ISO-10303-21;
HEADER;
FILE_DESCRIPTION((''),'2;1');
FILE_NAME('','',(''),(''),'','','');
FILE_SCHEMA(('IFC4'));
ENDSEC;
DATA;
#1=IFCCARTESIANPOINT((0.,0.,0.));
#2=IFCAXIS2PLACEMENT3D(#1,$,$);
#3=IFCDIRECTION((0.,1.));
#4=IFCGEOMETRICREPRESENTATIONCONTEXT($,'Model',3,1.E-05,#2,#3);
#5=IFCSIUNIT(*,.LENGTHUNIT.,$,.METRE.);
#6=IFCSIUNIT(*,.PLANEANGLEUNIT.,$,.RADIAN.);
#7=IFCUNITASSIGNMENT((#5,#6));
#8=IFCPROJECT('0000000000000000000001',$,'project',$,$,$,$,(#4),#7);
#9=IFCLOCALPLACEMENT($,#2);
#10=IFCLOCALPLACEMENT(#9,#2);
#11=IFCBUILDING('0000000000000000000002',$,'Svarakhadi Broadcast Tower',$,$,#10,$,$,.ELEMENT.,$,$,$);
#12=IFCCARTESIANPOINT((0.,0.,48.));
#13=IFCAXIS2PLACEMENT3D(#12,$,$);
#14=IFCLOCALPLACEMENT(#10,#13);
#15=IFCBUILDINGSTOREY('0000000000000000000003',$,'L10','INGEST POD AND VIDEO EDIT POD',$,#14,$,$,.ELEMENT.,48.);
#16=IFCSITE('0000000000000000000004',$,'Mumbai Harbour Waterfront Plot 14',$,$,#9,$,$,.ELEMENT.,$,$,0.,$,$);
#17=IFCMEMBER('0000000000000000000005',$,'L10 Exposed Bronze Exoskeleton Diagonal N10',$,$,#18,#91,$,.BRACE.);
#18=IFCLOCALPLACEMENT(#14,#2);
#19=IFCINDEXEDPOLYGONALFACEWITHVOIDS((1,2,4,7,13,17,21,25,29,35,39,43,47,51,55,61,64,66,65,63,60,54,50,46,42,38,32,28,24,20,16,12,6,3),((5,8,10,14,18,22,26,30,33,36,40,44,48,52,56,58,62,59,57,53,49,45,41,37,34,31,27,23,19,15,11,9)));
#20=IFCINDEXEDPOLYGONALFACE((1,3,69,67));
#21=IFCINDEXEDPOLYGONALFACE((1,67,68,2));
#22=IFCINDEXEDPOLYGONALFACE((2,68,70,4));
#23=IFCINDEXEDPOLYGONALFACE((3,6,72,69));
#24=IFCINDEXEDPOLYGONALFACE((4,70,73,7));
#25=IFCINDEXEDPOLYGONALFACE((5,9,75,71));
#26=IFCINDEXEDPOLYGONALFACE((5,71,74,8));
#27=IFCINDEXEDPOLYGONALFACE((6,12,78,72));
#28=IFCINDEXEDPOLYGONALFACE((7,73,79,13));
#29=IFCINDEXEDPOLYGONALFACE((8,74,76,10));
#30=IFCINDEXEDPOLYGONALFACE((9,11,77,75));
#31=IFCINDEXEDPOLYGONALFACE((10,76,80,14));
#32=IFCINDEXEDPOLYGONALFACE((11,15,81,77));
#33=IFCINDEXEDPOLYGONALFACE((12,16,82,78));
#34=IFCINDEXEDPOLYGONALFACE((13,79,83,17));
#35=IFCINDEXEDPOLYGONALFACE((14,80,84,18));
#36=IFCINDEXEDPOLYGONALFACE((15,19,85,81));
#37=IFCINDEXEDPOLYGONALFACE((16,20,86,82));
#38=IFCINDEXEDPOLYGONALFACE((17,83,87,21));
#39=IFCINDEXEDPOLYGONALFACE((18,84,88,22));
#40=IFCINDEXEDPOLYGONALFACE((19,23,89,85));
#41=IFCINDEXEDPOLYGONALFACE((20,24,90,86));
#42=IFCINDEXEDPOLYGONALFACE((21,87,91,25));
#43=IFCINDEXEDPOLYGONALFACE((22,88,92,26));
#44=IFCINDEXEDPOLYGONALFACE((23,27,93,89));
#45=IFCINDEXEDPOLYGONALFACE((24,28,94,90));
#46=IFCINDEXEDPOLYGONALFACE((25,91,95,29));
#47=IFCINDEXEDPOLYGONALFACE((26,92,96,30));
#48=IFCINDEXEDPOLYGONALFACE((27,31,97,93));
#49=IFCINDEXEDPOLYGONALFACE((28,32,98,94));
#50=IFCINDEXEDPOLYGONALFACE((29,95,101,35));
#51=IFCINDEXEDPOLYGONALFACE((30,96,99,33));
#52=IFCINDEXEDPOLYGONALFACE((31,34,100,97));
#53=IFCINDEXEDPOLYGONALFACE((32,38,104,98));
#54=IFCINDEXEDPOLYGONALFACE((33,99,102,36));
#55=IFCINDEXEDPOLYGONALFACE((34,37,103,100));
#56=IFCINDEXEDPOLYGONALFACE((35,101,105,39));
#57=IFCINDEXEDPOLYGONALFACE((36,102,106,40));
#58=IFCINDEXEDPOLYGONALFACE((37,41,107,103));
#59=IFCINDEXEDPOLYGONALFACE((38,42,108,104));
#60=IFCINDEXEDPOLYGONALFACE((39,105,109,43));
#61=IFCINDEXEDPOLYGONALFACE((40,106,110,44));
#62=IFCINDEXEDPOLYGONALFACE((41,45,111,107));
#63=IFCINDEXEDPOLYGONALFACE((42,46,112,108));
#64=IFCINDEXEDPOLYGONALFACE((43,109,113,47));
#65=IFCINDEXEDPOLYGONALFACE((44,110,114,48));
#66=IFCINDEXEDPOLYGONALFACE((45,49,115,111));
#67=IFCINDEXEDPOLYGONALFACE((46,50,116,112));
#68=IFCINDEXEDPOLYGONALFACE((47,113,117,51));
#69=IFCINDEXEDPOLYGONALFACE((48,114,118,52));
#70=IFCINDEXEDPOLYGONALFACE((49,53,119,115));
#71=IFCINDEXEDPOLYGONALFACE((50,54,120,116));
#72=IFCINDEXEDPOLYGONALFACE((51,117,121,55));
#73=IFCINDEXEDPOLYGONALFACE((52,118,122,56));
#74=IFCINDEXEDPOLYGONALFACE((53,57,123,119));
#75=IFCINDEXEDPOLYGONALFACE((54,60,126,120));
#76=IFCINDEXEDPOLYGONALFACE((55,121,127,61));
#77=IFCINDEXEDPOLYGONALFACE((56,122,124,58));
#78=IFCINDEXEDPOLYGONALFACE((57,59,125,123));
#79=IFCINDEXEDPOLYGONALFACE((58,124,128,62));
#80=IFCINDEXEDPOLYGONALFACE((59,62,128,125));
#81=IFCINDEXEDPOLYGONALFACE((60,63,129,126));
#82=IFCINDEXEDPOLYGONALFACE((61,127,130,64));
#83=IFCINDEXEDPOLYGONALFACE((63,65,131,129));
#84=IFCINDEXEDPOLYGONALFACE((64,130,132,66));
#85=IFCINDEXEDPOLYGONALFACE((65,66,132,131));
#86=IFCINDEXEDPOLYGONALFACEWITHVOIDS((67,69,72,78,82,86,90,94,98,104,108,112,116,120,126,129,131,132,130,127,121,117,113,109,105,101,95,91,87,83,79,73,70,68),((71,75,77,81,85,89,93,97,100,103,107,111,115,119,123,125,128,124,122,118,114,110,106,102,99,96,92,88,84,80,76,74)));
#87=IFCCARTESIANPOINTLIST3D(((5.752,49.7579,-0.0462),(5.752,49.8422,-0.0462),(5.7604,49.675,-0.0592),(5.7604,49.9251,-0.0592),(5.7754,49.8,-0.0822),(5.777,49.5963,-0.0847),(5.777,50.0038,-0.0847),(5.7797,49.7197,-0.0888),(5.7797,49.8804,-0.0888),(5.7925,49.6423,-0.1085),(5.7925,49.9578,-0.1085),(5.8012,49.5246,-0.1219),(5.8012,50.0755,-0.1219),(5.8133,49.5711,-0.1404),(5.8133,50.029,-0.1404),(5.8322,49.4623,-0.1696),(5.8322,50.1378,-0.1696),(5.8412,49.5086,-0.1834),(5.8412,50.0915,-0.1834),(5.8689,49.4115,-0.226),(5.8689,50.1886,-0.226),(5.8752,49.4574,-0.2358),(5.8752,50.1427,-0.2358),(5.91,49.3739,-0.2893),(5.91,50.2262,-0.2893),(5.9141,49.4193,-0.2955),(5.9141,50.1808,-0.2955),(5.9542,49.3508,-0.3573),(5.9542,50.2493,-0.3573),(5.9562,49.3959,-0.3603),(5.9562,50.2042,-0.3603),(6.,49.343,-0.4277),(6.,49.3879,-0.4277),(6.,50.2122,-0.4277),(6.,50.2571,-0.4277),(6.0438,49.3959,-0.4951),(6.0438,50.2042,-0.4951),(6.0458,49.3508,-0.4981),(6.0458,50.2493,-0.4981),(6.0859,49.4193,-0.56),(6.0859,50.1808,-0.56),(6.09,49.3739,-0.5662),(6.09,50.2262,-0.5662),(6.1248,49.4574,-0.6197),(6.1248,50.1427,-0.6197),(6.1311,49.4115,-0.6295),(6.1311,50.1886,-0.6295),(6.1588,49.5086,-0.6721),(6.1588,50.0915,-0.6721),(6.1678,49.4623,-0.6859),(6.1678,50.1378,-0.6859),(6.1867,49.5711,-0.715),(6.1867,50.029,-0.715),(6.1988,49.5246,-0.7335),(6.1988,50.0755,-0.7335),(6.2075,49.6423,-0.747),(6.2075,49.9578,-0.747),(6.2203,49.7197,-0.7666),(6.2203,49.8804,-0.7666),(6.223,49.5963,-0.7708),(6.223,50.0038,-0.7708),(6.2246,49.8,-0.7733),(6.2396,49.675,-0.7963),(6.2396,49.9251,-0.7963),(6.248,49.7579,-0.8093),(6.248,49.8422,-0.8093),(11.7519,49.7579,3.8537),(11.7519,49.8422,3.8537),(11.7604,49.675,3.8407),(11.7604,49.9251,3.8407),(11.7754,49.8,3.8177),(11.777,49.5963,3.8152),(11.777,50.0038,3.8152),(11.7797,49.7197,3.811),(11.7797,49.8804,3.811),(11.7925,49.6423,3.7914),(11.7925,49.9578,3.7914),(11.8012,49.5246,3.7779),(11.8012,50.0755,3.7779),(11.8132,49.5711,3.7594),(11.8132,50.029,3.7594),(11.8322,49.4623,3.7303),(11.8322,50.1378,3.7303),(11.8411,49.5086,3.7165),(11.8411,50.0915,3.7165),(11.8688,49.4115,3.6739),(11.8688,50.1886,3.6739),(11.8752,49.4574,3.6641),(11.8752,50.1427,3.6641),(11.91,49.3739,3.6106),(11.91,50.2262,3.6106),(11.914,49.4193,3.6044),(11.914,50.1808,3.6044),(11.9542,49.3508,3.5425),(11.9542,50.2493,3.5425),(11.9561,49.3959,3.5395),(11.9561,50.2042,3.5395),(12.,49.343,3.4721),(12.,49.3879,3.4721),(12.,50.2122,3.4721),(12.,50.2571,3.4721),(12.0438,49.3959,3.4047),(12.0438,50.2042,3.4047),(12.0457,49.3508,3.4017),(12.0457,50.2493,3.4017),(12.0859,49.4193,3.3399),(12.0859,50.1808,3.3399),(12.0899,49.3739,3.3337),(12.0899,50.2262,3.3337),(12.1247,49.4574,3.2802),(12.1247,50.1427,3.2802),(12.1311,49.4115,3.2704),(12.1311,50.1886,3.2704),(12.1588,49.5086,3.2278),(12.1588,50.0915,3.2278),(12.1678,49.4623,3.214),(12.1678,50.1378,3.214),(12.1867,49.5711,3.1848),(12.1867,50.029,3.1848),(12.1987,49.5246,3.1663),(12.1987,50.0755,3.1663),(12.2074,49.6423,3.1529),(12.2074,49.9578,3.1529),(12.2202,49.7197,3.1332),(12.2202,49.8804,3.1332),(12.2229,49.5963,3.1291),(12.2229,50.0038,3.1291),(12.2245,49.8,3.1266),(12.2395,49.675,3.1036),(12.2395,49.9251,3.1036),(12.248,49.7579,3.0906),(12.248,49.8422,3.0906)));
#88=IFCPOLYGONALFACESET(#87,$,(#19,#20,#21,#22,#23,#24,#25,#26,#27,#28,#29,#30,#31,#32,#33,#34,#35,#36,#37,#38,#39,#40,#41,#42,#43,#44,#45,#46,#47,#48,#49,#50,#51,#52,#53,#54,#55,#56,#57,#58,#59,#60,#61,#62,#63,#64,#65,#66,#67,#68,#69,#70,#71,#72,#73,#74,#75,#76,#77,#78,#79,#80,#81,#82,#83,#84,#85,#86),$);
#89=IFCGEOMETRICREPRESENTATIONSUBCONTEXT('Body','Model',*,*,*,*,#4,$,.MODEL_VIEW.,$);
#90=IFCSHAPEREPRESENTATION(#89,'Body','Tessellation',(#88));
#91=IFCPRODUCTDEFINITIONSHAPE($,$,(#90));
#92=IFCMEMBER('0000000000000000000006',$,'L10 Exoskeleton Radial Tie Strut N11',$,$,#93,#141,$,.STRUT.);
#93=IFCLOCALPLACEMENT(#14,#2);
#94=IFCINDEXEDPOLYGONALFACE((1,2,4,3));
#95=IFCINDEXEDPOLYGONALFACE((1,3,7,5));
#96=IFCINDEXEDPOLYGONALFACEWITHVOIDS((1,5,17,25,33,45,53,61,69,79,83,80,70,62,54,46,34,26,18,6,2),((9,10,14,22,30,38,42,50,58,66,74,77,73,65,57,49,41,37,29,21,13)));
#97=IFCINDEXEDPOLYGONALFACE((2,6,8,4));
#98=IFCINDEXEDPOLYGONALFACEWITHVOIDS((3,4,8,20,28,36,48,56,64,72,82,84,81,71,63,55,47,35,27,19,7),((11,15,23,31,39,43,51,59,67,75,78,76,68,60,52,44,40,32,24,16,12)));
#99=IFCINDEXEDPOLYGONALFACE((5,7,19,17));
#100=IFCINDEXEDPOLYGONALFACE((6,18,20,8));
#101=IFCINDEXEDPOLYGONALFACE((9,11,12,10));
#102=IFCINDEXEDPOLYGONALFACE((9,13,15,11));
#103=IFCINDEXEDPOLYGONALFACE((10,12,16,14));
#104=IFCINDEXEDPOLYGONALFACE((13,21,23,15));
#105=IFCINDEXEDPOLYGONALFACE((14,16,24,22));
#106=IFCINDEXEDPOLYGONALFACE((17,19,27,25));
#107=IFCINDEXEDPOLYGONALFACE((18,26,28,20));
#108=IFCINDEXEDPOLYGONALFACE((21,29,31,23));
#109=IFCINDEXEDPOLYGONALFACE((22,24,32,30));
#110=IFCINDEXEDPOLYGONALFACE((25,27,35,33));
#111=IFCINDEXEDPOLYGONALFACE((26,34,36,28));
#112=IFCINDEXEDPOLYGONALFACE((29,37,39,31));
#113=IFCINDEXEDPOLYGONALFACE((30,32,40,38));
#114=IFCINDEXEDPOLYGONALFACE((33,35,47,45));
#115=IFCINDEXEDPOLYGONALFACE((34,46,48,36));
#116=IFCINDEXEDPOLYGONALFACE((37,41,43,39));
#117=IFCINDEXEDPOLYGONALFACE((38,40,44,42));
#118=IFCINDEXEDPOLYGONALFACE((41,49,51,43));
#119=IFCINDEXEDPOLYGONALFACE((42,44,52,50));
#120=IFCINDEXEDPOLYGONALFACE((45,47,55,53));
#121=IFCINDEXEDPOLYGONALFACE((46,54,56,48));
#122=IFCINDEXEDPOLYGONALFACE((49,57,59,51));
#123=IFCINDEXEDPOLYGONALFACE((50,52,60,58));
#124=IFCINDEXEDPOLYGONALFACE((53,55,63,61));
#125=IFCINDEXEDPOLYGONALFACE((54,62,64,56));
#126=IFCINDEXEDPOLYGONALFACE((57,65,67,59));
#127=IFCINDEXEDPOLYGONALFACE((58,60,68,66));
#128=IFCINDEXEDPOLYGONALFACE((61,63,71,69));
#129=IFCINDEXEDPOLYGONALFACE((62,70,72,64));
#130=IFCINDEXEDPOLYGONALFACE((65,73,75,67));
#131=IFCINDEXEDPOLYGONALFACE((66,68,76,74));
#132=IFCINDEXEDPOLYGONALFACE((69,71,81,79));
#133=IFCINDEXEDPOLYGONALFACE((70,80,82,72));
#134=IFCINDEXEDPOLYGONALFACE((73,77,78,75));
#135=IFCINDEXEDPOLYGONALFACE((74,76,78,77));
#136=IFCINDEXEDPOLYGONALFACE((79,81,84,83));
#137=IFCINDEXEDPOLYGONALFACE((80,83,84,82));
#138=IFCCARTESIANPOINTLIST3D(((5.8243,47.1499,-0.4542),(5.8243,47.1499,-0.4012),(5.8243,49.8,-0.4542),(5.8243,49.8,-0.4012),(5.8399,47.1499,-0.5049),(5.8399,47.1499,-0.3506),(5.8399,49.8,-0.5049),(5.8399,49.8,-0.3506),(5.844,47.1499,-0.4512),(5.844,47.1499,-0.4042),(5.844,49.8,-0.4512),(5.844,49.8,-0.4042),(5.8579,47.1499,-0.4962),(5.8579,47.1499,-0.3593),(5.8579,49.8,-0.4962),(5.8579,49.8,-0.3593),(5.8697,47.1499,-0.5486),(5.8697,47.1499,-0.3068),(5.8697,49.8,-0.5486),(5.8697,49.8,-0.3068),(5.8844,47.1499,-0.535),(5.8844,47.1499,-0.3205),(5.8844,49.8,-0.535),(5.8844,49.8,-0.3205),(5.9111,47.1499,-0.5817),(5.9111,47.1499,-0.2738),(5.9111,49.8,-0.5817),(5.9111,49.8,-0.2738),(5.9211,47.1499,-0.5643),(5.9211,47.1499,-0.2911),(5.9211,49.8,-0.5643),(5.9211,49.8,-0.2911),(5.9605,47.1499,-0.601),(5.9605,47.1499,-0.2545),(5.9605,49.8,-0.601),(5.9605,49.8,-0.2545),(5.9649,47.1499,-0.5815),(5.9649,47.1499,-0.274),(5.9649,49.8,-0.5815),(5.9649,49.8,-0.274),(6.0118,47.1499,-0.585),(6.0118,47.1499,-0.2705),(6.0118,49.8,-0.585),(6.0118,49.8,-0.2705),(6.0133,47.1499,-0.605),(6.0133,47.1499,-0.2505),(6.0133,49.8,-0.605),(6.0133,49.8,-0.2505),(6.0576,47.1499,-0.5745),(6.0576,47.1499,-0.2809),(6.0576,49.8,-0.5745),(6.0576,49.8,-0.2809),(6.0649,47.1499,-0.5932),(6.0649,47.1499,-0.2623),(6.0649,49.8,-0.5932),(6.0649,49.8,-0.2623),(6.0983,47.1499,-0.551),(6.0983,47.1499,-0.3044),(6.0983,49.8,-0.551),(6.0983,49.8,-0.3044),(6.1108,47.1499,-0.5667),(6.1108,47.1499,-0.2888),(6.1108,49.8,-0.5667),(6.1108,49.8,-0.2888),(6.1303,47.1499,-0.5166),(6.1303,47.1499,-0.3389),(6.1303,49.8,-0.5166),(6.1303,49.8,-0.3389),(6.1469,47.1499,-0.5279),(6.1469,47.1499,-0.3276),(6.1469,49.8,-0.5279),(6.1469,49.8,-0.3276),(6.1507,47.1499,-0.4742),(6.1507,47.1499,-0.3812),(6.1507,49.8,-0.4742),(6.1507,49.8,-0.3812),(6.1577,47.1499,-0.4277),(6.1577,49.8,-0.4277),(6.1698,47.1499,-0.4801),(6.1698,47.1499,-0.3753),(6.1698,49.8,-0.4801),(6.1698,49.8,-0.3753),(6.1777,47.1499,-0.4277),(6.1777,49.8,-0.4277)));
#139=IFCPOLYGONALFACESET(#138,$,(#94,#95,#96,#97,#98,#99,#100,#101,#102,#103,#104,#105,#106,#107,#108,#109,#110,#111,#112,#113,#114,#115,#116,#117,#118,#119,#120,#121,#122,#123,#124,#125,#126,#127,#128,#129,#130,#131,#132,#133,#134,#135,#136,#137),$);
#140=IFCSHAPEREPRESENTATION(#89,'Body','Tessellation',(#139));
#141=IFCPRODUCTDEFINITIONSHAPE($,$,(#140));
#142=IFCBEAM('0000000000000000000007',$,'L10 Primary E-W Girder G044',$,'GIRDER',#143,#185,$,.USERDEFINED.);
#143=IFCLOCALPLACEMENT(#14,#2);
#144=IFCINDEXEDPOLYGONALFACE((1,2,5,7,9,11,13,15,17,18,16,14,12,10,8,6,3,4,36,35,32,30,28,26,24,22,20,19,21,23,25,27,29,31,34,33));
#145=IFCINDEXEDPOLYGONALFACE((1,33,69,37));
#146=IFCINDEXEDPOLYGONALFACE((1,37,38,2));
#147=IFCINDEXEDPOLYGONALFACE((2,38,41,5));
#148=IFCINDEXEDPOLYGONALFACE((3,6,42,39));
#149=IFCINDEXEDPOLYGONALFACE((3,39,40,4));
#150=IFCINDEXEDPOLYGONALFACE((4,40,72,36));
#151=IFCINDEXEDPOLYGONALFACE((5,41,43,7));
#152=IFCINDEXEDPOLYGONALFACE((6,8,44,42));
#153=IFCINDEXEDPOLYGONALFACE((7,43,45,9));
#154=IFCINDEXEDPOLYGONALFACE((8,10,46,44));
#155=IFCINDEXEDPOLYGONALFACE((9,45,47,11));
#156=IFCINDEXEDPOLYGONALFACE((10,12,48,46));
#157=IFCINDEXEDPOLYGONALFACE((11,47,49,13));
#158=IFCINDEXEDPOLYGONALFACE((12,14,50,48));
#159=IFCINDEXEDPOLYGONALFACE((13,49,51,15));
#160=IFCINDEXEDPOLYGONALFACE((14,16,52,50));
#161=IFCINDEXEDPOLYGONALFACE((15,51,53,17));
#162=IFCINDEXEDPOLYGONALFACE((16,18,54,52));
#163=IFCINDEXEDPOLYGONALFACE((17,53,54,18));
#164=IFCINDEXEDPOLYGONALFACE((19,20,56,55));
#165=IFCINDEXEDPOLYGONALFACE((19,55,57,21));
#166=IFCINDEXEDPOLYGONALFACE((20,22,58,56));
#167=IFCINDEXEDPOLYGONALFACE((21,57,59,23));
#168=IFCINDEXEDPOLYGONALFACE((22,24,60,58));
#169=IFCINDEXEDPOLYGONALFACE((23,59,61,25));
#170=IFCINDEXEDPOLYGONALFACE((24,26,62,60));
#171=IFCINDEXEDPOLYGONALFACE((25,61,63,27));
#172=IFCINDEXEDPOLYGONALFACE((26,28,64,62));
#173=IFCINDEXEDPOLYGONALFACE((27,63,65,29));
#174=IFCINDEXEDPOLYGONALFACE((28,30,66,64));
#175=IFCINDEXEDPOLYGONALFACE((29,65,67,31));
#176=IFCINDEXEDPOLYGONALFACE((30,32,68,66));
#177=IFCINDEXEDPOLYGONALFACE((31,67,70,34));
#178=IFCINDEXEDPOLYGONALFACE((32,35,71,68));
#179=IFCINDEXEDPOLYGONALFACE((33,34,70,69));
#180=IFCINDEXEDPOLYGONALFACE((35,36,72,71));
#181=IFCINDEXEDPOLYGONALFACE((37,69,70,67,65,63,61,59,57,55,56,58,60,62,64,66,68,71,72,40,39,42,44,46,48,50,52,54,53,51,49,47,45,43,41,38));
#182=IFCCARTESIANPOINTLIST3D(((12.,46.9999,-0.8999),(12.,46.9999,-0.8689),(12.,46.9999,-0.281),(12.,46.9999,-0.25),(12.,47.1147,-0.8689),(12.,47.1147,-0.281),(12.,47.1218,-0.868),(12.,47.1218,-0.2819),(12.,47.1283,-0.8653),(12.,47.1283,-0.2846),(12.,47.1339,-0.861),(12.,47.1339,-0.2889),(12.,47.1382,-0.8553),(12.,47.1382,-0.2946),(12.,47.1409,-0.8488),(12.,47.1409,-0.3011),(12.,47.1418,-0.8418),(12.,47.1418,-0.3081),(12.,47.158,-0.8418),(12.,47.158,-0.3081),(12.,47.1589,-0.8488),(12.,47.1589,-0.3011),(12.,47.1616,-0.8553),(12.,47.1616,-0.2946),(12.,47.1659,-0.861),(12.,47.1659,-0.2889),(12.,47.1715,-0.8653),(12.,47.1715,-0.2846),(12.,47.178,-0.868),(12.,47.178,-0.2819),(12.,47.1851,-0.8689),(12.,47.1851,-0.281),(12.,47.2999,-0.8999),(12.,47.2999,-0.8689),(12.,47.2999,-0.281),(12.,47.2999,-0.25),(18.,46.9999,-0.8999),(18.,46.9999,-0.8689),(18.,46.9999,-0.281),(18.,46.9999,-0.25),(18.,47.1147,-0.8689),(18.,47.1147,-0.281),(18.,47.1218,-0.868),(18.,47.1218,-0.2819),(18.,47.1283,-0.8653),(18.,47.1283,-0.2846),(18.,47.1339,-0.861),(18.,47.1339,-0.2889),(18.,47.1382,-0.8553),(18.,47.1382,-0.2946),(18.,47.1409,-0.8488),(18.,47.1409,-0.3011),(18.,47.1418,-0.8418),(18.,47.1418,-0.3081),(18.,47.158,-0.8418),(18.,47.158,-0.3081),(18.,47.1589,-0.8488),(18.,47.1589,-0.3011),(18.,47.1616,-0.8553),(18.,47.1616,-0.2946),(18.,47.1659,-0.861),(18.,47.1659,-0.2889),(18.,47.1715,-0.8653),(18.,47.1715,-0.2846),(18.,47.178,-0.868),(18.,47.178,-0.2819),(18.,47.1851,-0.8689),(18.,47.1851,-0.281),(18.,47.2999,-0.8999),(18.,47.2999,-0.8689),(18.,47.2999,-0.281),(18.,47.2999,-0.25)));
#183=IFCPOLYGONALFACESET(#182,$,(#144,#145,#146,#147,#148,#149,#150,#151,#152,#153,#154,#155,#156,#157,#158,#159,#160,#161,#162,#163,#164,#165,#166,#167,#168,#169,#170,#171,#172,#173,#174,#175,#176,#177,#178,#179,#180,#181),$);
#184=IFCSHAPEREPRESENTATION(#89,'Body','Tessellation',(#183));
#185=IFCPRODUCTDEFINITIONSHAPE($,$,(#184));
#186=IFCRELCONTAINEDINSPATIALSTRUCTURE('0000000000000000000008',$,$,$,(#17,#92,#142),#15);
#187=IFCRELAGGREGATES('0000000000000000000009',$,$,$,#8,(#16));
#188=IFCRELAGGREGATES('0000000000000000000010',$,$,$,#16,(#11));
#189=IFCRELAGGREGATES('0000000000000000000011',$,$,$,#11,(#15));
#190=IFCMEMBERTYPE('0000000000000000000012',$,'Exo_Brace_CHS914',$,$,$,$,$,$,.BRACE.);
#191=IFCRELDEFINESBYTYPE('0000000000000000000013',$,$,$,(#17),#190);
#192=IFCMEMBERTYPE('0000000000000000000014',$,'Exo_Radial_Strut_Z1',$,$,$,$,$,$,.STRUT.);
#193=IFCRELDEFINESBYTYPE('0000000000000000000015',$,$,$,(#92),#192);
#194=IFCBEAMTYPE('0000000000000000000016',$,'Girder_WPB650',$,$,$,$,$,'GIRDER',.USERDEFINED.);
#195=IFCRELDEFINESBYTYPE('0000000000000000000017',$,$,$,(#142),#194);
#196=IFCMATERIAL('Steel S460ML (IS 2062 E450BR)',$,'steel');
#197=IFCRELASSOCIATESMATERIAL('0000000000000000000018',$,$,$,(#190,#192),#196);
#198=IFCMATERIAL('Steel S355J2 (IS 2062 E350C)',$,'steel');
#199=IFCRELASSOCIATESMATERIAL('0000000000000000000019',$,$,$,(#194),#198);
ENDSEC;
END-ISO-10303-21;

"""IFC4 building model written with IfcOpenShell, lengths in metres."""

from ifc_helpers import new_model, si_unit, direction, frame, origin, origin_2d, place, context, subcontext, project, spatial, hollow_circle, i_section, extrude, material, material_profile, profile_set, type_object, element, save


model = new_model("IFC4")

# Units and contexts
model_context = context("Model", 3, precision=1e-05, world=origin(), true_north=direction((0.0, 1.0)))
body_context = subcontext(model_context, "Body", "Model", "MODEL_VIEW")
ifc_project = project(units=[si_unit("LENGTHUNIT", "METRE"), si_unit("PLANEANGLEUNIT", "RADIAN")], contexts=[model_context])

# Site, building, storey
site_placement = place(None, origin())
site = spatial("IfcSite", under=ifc_project, at=site_placement, Name="Mumbai Harbour Waterfront Plot 14", CompositionType="ELEMENT", RefElevation=0.0)
building_placement = place(site_placement, origin())
building = spatial("IfcBuilding", under=site, at=building_placement, Name="Svarakhadi Broadcast Tower", CompositionType="ELEMENT")
storey_placement = place(building_placement, frame((0.0, 0.0, 48.0)))
storey = spatial("IfcBuildingStorey", under=building, at=storey_placement, Name="L10", Description="INGEST POD AND VIDEO EDIT POD", CompositionType="ELEMENT", Elevation=48.0)

# Shared definitions
ifc_material_1 = material(Name="Steel S460ML (IS 2062 E450BR)", Category="steel")

# Members
ifc_material_profile_1 = material_profile(ifc_material_1, hollow_circle(Radius=0.457, WallThickness=0.0449, at=origin_2d()), Name="CHS 914x45")
ifc_profile_set_1 = profile_set([ifc_material_profile_1], Name="Steel S460ML (IS 2062 E450BR)")
member_type_1 = type_object("IfcMemberType", Name="Exo_Brace_CHS914", PredefinedType="BRACE", material=ifc_profile_set_1)
member_1_placement = place(storey_placement, frame((6.0, 49.8, -0.4277), z_axis=(0.83845, 0.0, 0.544979), x_axis=(0.0, 1.0, 0.0)))
element("IfcMember", 1, at=member_1_placement, inside=storey, type_object=member_type_1, Name="L10 Exposed Bronze Exoskeleton Diagonal N10", PredefinedType="BRACE", context=body_context, shape_type="SweptSolid", body=[
    extrude(hollow_circle(Radius=0.457, WallThickness=0.0449, at=origin_2d()), origin(), (0.0, 0.0, 1.0), 7.156),
])
ifc_material_profile_2 = material_profile(ifc_material_1, hollow_circle(Radius=0.1777, WallThickness=0.02, at=origin_2d()), Name="CHS 355.6x20")
ifc_profile_set_2 = profile_set([ifc_material_profile_2], Name="Steel S460ML (IS 2062 E450BR)")
member_type_2 = type_object("IfcMemberType", Name="Exo_Radial_Strut_Z1", PredefinedType="STRUT", material=ifc_profile_set_2)
member_2_placement = place(storey_placement, frame((6.0, 49.8, -0.4277), z_axis=(0.0, -1.0, 0.0), x_axis=(1.0, 0.0, 0.0)))
element("IfcMember", 2, at=member_2_placement, inside=storey, type_object=member_type_2, Name="L10 Exoskeleton Radial Tie Strut N11", PredefinedType="STRUT", context=body_context, shape_type="SweptSolid", body=[
    extrude(hollow_circle(Radius=0.1777, WallThickness=0.02, at=origin_2d()), origin(), (0.0, 0.0, 1.0), 2.6501),
])

# Beam
ifc_material_2 = material(Name="Steel S355J2 (IS 2062 E350C)", Category="steel")
ifc_material_profile_3 = material_profile(ifc_material_2, i_section(OverallWidth=0.3, OverallDepth=0.6499, WebThickness=0.0161, FlangeThickness=0.031, FilletRadius=0.0271, at=origin_2d()), Name="WPB 650x300x225")
ifc_profile_set_3 = profile_set([ifc_material_profile_3], Name="Steel S355J2 (IS 2062 E350C)")
beam_type = type_object("IfcBeamType", Name="Girder_WPB650", ElementType="GIRDER", PredefinedType="USERDEFINED", material=ifc_profile_set_3)
beam_placement = place(storey_placement, frame((12.0, 47.1499, -0.575), z_axis=(1.0, 0.0, 0.0), x_axis=(0.0, 1.0, 0.0)))
element("IfcBeam", 3, at=beam_placement, inside=storey, type_object=beam_type, Name="L10 Primary E-W Girder G044", ObjectType="GIRDER", PredefinedType="USERDEFINED", context=body_context, shape_type="SweptSolid", body=[
    extrude(i_section(OverallWidth=0.3, OverallDepth=0.6499, WebThickness=0.0161, FlangeThickness=0.031, FilletRadius=0.0271, at=origin_2d()), origin(), (0.0, 0.0, 1.0), 6.0),
])

save(model, "model.ifc")
